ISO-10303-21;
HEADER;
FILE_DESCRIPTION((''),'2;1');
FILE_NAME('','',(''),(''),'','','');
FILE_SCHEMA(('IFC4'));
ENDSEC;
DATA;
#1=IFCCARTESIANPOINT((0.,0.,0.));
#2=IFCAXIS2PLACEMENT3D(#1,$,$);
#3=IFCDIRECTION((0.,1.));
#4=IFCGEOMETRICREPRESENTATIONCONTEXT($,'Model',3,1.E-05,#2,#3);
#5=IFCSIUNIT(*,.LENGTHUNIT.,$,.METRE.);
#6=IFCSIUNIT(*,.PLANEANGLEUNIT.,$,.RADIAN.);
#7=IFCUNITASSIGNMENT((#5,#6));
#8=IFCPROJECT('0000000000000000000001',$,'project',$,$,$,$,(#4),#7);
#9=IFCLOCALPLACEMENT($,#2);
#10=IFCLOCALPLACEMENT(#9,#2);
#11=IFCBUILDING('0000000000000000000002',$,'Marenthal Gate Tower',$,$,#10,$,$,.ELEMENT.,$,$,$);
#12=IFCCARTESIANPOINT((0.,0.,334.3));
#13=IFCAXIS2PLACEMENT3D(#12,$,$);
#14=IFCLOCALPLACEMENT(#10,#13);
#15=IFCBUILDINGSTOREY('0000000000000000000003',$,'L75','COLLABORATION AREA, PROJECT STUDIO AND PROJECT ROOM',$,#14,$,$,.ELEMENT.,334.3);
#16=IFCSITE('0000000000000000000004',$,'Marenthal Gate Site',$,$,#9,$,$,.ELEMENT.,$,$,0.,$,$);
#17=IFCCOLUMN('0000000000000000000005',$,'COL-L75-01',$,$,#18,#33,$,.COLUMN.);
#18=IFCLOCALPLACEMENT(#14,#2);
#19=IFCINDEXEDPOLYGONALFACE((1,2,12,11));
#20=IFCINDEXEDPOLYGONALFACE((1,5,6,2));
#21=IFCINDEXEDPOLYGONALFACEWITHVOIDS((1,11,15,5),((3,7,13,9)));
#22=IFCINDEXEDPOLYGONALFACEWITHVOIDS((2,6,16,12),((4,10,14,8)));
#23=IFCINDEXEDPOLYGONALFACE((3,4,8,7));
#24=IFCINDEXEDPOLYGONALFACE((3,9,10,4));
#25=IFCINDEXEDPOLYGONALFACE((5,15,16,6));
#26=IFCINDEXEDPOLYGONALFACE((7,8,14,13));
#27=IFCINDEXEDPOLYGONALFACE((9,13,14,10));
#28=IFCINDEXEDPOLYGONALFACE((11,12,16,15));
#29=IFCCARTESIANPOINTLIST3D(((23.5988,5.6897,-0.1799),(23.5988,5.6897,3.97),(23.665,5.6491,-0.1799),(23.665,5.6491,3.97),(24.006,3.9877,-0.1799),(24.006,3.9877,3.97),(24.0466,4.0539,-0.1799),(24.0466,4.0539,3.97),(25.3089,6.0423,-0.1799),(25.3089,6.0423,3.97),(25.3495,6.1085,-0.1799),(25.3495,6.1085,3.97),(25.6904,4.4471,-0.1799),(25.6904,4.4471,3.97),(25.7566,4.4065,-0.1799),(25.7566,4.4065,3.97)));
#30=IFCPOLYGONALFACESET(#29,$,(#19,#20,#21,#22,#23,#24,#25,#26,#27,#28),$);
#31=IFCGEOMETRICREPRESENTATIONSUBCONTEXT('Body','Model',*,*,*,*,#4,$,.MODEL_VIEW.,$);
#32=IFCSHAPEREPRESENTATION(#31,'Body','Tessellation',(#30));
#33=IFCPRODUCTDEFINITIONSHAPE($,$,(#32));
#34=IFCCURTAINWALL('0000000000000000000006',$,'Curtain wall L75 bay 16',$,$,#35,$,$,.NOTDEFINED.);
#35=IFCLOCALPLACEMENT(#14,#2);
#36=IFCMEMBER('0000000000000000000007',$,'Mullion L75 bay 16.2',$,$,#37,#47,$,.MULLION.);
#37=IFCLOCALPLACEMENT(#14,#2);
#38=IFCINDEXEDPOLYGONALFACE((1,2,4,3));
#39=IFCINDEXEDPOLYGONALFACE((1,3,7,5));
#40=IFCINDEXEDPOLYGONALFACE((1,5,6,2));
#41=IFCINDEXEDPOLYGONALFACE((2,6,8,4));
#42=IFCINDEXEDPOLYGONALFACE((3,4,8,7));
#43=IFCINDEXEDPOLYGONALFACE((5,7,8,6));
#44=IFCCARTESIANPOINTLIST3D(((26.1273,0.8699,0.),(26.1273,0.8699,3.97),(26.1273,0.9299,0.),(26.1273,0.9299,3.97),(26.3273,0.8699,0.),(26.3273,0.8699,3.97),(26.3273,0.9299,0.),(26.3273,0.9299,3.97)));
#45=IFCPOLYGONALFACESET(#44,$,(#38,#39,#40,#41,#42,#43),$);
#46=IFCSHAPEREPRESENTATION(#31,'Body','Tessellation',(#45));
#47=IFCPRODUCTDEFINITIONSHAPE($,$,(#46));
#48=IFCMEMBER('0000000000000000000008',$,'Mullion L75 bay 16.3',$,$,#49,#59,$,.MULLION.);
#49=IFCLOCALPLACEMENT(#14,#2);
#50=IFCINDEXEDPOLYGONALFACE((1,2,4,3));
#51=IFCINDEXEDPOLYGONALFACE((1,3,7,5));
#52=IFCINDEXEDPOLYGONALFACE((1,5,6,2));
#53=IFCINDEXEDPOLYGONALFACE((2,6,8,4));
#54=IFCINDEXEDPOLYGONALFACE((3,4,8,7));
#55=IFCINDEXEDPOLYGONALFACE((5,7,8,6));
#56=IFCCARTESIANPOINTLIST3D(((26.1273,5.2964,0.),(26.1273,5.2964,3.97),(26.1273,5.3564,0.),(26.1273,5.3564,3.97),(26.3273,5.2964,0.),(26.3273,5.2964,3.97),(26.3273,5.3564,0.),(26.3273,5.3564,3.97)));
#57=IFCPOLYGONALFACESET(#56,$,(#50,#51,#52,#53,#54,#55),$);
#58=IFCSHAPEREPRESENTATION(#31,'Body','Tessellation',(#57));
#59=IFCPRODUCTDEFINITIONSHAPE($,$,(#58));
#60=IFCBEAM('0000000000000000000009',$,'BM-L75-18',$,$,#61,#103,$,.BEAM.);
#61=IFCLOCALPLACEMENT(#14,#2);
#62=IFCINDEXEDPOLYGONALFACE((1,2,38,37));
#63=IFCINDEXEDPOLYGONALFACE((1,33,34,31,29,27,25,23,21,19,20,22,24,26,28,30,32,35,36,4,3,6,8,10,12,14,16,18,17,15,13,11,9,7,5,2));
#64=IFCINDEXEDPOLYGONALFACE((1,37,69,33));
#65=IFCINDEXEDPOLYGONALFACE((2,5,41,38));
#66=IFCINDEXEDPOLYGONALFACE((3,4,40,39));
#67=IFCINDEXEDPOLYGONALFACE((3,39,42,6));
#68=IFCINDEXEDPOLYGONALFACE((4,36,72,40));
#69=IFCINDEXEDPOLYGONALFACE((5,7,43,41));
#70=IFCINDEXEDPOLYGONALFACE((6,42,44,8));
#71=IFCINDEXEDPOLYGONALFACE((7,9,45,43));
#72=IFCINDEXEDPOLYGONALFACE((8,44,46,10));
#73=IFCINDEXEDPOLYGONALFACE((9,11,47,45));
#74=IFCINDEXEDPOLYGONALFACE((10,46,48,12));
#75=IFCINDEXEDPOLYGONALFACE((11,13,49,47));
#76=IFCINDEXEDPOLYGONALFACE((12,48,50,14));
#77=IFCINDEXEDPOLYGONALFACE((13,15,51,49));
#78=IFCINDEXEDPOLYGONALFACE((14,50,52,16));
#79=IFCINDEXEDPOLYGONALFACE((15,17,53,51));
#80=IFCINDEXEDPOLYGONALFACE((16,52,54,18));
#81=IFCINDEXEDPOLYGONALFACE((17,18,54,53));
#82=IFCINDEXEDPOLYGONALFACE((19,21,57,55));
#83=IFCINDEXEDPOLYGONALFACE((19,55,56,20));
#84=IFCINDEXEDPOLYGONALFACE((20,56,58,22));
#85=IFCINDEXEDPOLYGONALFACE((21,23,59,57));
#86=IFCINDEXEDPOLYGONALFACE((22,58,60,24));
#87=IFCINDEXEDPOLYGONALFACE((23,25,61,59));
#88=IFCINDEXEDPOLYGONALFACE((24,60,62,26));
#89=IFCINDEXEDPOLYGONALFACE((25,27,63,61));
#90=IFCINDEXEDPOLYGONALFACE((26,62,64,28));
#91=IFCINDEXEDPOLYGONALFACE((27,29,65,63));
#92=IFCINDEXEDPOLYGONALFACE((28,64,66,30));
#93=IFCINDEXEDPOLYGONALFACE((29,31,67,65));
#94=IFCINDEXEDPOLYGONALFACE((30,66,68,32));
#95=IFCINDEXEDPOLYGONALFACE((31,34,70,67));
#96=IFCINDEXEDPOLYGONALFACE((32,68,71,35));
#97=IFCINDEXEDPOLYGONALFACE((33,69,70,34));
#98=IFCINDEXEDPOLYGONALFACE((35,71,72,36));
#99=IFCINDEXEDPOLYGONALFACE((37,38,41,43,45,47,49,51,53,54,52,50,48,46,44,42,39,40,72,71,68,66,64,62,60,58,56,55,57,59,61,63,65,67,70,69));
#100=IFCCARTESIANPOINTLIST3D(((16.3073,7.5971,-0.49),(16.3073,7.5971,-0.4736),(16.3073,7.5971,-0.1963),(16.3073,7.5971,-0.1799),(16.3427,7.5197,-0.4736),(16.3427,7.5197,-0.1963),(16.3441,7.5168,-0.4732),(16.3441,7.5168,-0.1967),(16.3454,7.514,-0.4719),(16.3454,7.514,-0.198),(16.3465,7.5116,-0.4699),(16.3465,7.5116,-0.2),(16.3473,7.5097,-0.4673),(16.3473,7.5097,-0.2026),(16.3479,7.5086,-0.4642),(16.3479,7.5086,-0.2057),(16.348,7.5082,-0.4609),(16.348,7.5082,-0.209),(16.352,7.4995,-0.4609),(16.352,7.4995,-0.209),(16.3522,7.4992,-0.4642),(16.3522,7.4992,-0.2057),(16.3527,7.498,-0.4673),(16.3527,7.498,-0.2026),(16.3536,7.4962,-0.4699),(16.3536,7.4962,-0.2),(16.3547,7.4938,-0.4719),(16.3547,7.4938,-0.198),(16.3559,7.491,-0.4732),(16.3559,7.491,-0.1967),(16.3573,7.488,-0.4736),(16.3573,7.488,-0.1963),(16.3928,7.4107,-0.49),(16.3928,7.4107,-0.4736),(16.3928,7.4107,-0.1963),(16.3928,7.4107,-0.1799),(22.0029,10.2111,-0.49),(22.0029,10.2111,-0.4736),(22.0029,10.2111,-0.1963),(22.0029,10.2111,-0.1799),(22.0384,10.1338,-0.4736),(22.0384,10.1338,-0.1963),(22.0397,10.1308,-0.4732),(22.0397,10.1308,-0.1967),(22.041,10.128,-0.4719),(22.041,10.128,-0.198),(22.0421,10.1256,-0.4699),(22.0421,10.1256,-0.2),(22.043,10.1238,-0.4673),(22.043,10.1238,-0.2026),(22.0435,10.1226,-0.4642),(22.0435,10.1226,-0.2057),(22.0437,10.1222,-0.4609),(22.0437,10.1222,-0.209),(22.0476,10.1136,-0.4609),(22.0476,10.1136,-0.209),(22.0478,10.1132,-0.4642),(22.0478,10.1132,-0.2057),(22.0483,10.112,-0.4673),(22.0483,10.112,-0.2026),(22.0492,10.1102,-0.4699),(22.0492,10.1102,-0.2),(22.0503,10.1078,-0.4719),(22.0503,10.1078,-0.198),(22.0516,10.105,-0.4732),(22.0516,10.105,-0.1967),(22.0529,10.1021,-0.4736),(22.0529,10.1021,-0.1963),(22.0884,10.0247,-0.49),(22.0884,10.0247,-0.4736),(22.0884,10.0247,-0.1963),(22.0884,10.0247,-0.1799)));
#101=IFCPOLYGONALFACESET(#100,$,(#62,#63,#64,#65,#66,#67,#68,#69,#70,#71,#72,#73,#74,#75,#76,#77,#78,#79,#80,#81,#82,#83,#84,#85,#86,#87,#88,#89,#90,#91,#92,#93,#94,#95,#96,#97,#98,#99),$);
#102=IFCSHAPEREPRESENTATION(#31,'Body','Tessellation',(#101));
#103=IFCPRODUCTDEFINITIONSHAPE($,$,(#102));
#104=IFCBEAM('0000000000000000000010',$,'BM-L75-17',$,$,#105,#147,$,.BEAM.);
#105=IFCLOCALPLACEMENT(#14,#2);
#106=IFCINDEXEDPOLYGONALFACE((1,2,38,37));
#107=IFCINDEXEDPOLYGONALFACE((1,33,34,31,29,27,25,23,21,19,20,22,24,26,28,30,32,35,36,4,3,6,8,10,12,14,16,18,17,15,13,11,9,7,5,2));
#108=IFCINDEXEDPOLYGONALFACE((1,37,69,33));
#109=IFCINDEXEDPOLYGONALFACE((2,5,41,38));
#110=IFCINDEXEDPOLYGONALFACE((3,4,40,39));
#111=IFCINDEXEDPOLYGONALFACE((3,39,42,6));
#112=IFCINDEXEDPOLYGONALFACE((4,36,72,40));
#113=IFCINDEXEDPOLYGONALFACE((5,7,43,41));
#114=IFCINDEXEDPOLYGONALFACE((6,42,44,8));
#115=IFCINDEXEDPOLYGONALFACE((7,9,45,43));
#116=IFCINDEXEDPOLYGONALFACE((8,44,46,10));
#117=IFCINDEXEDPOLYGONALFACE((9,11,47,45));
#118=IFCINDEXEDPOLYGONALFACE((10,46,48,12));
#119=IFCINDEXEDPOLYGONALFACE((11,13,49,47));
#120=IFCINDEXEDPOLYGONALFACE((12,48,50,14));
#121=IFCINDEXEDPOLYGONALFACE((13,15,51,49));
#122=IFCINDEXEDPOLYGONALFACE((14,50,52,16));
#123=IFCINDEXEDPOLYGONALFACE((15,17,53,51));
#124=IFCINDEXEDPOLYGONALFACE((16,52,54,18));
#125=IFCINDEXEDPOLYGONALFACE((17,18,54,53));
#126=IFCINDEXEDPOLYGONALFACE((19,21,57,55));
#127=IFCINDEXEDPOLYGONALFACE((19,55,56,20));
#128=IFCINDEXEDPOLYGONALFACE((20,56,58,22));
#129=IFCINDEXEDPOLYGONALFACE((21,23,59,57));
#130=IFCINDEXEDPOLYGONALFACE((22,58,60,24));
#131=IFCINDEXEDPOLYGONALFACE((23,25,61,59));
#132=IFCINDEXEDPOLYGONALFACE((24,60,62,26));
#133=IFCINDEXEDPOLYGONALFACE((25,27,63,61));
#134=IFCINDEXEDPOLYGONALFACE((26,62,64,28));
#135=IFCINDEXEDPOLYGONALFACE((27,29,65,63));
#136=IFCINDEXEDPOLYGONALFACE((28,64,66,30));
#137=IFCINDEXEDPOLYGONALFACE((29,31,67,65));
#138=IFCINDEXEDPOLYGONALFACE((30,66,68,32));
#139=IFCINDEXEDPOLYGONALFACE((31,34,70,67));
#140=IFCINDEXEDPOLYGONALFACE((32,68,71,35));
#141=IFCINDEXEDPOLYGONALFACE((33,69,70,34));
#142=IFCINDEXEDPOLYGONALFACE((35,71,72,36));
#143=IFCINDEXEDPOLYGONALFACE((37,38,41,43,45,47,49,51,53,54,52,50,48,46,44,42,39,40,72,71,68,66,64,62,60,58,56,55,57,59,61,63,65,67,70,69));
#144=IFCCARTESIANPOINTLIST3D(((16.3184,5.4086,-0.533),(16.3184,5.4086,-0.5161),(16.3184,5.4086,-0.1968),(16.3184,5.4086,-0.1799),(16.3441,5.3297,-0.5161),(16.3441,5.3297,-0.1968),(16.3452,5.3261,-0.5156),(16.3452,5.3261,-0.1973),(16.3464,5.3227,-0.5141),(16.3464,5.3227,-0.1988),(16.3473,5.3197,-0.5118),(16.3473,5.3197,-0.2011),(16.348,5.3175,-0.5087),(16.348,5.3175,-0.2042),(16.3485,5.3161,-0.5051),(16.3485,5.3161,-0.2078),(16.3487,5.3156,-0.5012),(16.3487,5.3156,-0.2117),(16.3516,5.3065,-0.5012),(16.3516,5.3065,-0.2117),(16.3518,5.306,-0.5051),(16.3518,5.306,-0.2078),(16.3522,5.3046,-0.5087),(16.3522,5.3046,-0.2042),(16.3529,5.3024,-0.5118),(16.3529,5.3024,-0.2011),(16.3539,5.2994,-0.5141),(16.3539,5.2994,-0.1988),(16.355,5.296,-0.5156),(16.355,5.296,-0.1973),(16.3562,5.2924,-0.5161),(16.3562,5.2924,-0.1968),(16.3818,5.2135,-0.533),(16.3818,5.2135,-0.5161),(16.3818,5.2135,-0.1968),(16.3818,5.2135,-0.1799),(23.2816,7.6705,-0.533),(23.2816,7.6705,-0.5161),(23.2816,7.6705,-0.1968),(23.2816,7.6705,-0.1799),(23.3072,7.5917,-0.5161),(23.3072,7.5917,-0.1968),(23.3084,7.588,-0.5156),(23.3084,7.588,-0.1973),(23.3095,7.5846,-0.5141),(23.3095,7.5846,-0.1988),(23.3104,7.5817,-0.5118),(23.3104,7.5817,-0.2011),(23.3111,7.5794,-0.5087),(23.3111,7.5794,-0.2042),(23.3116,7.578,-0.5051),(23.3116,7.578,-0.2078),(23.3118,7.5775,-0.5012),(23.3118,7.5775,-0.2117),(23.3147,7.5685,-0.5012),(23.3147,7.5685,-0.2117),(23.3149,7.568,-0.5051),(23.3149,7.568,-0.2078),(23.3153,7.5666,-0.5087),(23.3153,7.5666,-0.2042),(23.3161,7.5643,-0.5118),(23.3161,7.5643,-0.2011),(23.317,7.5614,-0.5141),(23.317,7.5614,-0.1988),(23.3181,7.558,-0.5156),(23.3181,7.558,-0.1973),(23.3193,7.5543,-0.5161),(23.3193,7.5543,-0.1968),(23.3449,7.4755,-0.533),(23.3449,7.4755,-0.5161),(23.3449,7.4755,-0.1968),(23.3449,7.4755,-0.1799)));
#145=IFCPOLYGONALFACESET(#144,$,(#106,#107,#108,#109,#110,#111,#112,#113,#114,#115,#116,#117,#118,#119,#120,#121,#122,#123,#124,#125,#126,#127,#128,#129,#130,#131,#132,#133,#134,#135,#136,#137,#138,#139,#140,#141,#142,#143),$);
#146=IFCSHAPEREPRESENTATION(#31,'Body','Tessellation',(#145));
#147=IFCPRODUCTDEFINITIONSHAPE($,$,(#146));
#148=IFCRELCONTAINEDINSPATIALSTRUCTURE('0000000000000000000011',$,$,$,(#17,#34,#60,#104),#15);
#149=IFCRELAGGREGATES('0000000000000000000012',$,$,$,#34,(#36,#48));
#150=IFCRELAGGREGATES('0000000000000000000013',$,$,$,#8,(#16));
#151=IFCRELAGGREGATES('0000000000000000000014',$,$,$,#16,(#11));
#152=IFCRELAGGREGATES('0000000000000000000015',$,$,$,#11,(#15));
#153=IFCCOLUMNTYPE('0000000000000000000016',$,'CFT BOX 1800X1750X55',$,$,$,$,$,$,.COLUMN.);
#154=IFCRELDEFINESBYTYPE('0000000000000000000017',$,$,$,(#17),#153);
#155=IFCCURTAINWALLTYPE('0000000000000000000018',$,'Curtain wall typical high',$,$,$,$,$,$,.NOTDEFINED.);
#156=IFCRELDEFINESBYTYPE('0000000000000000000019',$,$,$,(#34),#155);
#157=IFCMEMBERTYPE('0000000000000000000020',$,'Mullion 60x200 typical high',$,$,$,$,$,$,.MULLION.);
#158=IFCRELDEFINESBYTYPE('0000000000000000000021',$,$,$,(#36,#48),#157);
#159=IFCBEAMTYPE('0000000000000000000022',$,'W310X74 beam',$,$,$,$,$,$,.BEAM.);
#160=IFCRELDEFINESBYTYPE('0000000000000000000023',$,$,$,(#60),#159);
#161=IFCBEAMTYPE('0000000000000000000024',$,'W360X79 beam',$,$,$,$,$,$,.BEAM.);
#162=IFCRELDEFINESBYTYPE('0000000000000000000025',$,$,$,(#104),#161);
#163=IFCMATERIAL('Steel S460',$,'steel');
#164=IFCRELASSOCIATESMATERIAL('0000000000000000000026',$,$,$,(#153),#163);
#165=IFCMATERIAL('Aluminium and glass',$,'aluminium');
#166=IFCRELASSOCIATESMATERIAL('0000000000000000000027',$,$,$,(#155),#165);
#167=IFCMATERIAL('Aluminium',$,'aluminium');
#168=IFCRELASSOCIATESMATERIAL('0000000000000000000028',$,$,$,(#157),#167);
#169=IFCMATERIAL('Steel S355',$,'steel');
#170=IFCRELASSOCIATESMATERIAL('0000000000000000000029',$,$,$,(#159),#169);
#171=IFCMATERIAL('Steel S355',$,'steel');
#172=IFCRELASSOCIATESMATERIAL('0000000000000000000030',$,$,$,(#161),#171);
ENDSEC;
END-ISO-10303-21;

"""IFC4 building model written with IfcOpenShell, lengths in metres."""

from ifc_helpers import new_model, si_unit, direction, frame, origin, origin_2d, place, context, subcontext, project, spatial, rectangle, hollow_rectangle, i_section, extrude, material, material_profile, profile_set, type_object, element, aggregate, save


model = new_model("IFC4")

# Units and contexts
model_context = context("Model", 3, precision=1e-05, world=origin(), true_north=direction((0.0, 1.0)))
body_context = subcontext(model_context, "Body", "Model", "MODEL_VIEW")
ifc_project = project(units=[si_unit("LENGTHUNIT", "METRE"), si_unit("PLANEANGLEUNIT", "RADIAN")], contexts=[model_context])

# Site, building, storey
site_placement = place(None, origin())
site = spatial("IfcSite", under=ifc_project, at=site_placement, Name="Marenthal Gate Site", CompositionType="ELEMENT", RefElevation=0.0)
building_placement = place(site_placement, origin())
building = spatial("IfcBuilding", under=site, at=building_placement, Name="Marenthal Gate Tower", CompositionType="ELEMENT")
storey_placement = place(building_placement, frame((0.0, 0.0, 334.3)))
storey = spatial("IfcBuildingStorey", under=building, at=storey_placement, Name="L75", Description="COLLABORATION AREA, PROJECT STUDIO AND PROJECT ROOM", CompositionType="ELEMENT", Elevation=334.3)

# Column
ifc_material_1 = material(Name="Steel S460", Category="steel")
ifc_material_profile_1 = material_profile(ifc_material_1, hollow_rectangle(XDim=1.75, YDim=1.8, WallThickness=0.0549, at=origin_2d()), Name="CFT BOX 1800X1750X55")
ifc_material_2 = material(Name="Concrete 70 MPa", Category="concrete")
ifc_material_profile_2 = material_profile(ifc_material_2, rectangle(XDim=1.6399, YDim=1.6899, at=origin_2d()), Name="CFT BOX 1800X1750X55 INFILL")
ifc_profile_set_1 = profile_set([ifc_material_profile_1, ifc_material_profile_2], Name="Steel S460 shell, Concrete 70 MPa infill")
column_type = type_object("IfcColumnType", Name="CFT BOX 1800X1750X55", PredefinedType="COLUMN", material=ifc_profile_set_1)
column_placement = place(storey_placement, frame((24.6777, 5.0481, -0.1799), z_axis=(0.0, 0.0, 1.0), x_axis=(0.232643, -0.972562, 0.0)))
element("IfcColumn", 1, at=column_placement, inside=storey, type_object=column_type, Name="COL-L75-01", PredefinedType="COLUMN", context=body_context, shape_type="SweptSolid", body=[
    extrude(hollow_rectangle(XDim=1.75, YDim=1.8, WallThickness=0.0549, at=origin_2d()), origin(), (0.0, 0.0, 1.0), 4.1499),
])

# Curtain wall, members
ifc_material_3 = material(Name="Aluminium and glass", Category="aluminium")
curtain_wall_type = type_object("IfcCurtainWallType", Name="Curtain wall typical high", PredefinedType="NOTDEFINED", material=ifc_material_3)
curtain_wall_placement = place(storey_placement, origin())
curtain_wall = element("IfcCurtainWall", 2, at=curtain_wall_placement, inside=storey, type_object=curtain_wall_type, Name="Curtain wall L75 bay 16", PredefinedType="NOTDEFINED")
ifc_material_4 = material(Name="Aluminium", Category="aluminium")
ifc_material_profile_3 = material_profile(ifc_material_4, rectangle(XDim=0.2, YDim=0.0601, at=origin_2d()), Name="60x200 aluminium mullion")
ifc_profile_set_2 = profile_set([ifc_material_profile_3], Name="Aluminium")
member_type = type_object("IfcMemberType", Name="Mullion 60x200 typical high", PredefinedType="MULLION", material=ifc_profile_set_2)
member_1_placement = place(storey_placement, frame((26.2273, 0.8999, 0.0), z_axis=(0.0, 0.0, 1.0), x_axis=(-1.0, 0.0, 0.0)))
member_1 = element("IfcMember", 3, at=member_1_placement, type_object=member_type, Name="Mullion L75 bay 16.2", PredefinedType="MULLION", context=body_context, shape_type="SweptSolid", body=[
    extrude(rectangle(XDim=0.2, YDim=0.0601, at=origin_2d()), origin(), (0.0, 0.0, 1.0), 3.97),
])
member_2_placement = place(storey_placement, frame((26.2273, 5.3264, 0.0), z_axis=(0.0, 0.0, 1.0), x_axis=(-1.0, 0.0, 0.0)))
member_2 = element("IfcMember", 4, at=member_2_placement, type_object=member_type, Name="Mullion L75 bay 16.3", PredefinedType="MULLION", context=body_context, shape_type="SweptSolid", body=[
    extrude(rectangle(XDim=0.2, YDim=0.0601, at=origin_2d()), origin(), (0.0, 0.0, 1.0), 3.97),
])

# Beams
ifc_material_5 = material(Name="Steel S355", Category="steel")
ifc_material_profile_4 = material_profile(ifc_material_5, i_section(OverallWidth=0.2051, OverallDepth=0.3101, WebThickness=0.0095, FlangeThickness=0.0164, FilletRadius=0.0127, at=origin_2d()), Name="W310X74")
ifc_profile_set_3 = profile_set([ifc_material_profile_4], Name="Steel S355")
beam_type_1 = type_object("IfcBeamType", Name="W310X74 beam", PredefinedType="BEAM", material=ifc_profile_set_3)
beam_1_placement = place(storey_placement, frame((22.0457, 10.1179, -0.335), z_axis=(-0.90885, -0.417123, 0.0), x_axis=(0.417123, -0.90885, 0.0)))
element("IfcBeam", 5, at=beam_1_placement, inside=storey, type_object=beam_type_1, Name="BM-L75-18", PredefinedType="BEAM", context=body_context, shape_type="SweptSolid", body=[
    extrude(i_section(OverallWidth=0.2051, OverallDepth=0.3101, WebThickness=0.0095, FlangeThickness=0.0164, FilletRadius=0.0127, at=origin_2d()), origin(), (0.0, 0.0, 1.0), 6.2668),
])
ifc_material_6 = material(Name="Steel S355", Category="steel")
ifc_material_profile_5 = material_profile(ifc_material_6, i_section(OverallWidth=0.2051, OverallDepth=0.353, WebThickness=0.0095, FlangeThickness=0.0168, FilletRadius=0.0149, at=origin_2d()), Name="W360X79")
ifc_profile_set_4 = profile_set([ifc_material_profile_5], Name="Steel S355")
beam_type_2 = type_object("IfcBeamType", Name="W360X79 beam", PredefinedType="BEAM", material=ifc_profile_set_4)
beam_2_placement = place(storey_placement, frame((23.3132, 7.573, -0.3564), z_axis=(-0.951076, -0.308956, 0.0), x_axis=(0.308956, -0.951076, 0.0)))
element("IfcBeam", 6, at=beam_2_placement, inside=storey, type_object=beam_type_2, Name="BM-L75-17", PredefinedType="BEAM", context=body_context, shape_type="SweptSolid", body=[
    extrude(i_section(OverallWidth=0.2051, OverallDepth=0.353, WebThickness=0.0095, FlangeThickness=0.0168, FilletRadius=0.0149, at=origin_2d()), origin(), (0.0, 0.0, 1.0), 7.3213),
])

aggregate(curtain_wall, [member_1, member_2])

save(model, "model.ifc")
